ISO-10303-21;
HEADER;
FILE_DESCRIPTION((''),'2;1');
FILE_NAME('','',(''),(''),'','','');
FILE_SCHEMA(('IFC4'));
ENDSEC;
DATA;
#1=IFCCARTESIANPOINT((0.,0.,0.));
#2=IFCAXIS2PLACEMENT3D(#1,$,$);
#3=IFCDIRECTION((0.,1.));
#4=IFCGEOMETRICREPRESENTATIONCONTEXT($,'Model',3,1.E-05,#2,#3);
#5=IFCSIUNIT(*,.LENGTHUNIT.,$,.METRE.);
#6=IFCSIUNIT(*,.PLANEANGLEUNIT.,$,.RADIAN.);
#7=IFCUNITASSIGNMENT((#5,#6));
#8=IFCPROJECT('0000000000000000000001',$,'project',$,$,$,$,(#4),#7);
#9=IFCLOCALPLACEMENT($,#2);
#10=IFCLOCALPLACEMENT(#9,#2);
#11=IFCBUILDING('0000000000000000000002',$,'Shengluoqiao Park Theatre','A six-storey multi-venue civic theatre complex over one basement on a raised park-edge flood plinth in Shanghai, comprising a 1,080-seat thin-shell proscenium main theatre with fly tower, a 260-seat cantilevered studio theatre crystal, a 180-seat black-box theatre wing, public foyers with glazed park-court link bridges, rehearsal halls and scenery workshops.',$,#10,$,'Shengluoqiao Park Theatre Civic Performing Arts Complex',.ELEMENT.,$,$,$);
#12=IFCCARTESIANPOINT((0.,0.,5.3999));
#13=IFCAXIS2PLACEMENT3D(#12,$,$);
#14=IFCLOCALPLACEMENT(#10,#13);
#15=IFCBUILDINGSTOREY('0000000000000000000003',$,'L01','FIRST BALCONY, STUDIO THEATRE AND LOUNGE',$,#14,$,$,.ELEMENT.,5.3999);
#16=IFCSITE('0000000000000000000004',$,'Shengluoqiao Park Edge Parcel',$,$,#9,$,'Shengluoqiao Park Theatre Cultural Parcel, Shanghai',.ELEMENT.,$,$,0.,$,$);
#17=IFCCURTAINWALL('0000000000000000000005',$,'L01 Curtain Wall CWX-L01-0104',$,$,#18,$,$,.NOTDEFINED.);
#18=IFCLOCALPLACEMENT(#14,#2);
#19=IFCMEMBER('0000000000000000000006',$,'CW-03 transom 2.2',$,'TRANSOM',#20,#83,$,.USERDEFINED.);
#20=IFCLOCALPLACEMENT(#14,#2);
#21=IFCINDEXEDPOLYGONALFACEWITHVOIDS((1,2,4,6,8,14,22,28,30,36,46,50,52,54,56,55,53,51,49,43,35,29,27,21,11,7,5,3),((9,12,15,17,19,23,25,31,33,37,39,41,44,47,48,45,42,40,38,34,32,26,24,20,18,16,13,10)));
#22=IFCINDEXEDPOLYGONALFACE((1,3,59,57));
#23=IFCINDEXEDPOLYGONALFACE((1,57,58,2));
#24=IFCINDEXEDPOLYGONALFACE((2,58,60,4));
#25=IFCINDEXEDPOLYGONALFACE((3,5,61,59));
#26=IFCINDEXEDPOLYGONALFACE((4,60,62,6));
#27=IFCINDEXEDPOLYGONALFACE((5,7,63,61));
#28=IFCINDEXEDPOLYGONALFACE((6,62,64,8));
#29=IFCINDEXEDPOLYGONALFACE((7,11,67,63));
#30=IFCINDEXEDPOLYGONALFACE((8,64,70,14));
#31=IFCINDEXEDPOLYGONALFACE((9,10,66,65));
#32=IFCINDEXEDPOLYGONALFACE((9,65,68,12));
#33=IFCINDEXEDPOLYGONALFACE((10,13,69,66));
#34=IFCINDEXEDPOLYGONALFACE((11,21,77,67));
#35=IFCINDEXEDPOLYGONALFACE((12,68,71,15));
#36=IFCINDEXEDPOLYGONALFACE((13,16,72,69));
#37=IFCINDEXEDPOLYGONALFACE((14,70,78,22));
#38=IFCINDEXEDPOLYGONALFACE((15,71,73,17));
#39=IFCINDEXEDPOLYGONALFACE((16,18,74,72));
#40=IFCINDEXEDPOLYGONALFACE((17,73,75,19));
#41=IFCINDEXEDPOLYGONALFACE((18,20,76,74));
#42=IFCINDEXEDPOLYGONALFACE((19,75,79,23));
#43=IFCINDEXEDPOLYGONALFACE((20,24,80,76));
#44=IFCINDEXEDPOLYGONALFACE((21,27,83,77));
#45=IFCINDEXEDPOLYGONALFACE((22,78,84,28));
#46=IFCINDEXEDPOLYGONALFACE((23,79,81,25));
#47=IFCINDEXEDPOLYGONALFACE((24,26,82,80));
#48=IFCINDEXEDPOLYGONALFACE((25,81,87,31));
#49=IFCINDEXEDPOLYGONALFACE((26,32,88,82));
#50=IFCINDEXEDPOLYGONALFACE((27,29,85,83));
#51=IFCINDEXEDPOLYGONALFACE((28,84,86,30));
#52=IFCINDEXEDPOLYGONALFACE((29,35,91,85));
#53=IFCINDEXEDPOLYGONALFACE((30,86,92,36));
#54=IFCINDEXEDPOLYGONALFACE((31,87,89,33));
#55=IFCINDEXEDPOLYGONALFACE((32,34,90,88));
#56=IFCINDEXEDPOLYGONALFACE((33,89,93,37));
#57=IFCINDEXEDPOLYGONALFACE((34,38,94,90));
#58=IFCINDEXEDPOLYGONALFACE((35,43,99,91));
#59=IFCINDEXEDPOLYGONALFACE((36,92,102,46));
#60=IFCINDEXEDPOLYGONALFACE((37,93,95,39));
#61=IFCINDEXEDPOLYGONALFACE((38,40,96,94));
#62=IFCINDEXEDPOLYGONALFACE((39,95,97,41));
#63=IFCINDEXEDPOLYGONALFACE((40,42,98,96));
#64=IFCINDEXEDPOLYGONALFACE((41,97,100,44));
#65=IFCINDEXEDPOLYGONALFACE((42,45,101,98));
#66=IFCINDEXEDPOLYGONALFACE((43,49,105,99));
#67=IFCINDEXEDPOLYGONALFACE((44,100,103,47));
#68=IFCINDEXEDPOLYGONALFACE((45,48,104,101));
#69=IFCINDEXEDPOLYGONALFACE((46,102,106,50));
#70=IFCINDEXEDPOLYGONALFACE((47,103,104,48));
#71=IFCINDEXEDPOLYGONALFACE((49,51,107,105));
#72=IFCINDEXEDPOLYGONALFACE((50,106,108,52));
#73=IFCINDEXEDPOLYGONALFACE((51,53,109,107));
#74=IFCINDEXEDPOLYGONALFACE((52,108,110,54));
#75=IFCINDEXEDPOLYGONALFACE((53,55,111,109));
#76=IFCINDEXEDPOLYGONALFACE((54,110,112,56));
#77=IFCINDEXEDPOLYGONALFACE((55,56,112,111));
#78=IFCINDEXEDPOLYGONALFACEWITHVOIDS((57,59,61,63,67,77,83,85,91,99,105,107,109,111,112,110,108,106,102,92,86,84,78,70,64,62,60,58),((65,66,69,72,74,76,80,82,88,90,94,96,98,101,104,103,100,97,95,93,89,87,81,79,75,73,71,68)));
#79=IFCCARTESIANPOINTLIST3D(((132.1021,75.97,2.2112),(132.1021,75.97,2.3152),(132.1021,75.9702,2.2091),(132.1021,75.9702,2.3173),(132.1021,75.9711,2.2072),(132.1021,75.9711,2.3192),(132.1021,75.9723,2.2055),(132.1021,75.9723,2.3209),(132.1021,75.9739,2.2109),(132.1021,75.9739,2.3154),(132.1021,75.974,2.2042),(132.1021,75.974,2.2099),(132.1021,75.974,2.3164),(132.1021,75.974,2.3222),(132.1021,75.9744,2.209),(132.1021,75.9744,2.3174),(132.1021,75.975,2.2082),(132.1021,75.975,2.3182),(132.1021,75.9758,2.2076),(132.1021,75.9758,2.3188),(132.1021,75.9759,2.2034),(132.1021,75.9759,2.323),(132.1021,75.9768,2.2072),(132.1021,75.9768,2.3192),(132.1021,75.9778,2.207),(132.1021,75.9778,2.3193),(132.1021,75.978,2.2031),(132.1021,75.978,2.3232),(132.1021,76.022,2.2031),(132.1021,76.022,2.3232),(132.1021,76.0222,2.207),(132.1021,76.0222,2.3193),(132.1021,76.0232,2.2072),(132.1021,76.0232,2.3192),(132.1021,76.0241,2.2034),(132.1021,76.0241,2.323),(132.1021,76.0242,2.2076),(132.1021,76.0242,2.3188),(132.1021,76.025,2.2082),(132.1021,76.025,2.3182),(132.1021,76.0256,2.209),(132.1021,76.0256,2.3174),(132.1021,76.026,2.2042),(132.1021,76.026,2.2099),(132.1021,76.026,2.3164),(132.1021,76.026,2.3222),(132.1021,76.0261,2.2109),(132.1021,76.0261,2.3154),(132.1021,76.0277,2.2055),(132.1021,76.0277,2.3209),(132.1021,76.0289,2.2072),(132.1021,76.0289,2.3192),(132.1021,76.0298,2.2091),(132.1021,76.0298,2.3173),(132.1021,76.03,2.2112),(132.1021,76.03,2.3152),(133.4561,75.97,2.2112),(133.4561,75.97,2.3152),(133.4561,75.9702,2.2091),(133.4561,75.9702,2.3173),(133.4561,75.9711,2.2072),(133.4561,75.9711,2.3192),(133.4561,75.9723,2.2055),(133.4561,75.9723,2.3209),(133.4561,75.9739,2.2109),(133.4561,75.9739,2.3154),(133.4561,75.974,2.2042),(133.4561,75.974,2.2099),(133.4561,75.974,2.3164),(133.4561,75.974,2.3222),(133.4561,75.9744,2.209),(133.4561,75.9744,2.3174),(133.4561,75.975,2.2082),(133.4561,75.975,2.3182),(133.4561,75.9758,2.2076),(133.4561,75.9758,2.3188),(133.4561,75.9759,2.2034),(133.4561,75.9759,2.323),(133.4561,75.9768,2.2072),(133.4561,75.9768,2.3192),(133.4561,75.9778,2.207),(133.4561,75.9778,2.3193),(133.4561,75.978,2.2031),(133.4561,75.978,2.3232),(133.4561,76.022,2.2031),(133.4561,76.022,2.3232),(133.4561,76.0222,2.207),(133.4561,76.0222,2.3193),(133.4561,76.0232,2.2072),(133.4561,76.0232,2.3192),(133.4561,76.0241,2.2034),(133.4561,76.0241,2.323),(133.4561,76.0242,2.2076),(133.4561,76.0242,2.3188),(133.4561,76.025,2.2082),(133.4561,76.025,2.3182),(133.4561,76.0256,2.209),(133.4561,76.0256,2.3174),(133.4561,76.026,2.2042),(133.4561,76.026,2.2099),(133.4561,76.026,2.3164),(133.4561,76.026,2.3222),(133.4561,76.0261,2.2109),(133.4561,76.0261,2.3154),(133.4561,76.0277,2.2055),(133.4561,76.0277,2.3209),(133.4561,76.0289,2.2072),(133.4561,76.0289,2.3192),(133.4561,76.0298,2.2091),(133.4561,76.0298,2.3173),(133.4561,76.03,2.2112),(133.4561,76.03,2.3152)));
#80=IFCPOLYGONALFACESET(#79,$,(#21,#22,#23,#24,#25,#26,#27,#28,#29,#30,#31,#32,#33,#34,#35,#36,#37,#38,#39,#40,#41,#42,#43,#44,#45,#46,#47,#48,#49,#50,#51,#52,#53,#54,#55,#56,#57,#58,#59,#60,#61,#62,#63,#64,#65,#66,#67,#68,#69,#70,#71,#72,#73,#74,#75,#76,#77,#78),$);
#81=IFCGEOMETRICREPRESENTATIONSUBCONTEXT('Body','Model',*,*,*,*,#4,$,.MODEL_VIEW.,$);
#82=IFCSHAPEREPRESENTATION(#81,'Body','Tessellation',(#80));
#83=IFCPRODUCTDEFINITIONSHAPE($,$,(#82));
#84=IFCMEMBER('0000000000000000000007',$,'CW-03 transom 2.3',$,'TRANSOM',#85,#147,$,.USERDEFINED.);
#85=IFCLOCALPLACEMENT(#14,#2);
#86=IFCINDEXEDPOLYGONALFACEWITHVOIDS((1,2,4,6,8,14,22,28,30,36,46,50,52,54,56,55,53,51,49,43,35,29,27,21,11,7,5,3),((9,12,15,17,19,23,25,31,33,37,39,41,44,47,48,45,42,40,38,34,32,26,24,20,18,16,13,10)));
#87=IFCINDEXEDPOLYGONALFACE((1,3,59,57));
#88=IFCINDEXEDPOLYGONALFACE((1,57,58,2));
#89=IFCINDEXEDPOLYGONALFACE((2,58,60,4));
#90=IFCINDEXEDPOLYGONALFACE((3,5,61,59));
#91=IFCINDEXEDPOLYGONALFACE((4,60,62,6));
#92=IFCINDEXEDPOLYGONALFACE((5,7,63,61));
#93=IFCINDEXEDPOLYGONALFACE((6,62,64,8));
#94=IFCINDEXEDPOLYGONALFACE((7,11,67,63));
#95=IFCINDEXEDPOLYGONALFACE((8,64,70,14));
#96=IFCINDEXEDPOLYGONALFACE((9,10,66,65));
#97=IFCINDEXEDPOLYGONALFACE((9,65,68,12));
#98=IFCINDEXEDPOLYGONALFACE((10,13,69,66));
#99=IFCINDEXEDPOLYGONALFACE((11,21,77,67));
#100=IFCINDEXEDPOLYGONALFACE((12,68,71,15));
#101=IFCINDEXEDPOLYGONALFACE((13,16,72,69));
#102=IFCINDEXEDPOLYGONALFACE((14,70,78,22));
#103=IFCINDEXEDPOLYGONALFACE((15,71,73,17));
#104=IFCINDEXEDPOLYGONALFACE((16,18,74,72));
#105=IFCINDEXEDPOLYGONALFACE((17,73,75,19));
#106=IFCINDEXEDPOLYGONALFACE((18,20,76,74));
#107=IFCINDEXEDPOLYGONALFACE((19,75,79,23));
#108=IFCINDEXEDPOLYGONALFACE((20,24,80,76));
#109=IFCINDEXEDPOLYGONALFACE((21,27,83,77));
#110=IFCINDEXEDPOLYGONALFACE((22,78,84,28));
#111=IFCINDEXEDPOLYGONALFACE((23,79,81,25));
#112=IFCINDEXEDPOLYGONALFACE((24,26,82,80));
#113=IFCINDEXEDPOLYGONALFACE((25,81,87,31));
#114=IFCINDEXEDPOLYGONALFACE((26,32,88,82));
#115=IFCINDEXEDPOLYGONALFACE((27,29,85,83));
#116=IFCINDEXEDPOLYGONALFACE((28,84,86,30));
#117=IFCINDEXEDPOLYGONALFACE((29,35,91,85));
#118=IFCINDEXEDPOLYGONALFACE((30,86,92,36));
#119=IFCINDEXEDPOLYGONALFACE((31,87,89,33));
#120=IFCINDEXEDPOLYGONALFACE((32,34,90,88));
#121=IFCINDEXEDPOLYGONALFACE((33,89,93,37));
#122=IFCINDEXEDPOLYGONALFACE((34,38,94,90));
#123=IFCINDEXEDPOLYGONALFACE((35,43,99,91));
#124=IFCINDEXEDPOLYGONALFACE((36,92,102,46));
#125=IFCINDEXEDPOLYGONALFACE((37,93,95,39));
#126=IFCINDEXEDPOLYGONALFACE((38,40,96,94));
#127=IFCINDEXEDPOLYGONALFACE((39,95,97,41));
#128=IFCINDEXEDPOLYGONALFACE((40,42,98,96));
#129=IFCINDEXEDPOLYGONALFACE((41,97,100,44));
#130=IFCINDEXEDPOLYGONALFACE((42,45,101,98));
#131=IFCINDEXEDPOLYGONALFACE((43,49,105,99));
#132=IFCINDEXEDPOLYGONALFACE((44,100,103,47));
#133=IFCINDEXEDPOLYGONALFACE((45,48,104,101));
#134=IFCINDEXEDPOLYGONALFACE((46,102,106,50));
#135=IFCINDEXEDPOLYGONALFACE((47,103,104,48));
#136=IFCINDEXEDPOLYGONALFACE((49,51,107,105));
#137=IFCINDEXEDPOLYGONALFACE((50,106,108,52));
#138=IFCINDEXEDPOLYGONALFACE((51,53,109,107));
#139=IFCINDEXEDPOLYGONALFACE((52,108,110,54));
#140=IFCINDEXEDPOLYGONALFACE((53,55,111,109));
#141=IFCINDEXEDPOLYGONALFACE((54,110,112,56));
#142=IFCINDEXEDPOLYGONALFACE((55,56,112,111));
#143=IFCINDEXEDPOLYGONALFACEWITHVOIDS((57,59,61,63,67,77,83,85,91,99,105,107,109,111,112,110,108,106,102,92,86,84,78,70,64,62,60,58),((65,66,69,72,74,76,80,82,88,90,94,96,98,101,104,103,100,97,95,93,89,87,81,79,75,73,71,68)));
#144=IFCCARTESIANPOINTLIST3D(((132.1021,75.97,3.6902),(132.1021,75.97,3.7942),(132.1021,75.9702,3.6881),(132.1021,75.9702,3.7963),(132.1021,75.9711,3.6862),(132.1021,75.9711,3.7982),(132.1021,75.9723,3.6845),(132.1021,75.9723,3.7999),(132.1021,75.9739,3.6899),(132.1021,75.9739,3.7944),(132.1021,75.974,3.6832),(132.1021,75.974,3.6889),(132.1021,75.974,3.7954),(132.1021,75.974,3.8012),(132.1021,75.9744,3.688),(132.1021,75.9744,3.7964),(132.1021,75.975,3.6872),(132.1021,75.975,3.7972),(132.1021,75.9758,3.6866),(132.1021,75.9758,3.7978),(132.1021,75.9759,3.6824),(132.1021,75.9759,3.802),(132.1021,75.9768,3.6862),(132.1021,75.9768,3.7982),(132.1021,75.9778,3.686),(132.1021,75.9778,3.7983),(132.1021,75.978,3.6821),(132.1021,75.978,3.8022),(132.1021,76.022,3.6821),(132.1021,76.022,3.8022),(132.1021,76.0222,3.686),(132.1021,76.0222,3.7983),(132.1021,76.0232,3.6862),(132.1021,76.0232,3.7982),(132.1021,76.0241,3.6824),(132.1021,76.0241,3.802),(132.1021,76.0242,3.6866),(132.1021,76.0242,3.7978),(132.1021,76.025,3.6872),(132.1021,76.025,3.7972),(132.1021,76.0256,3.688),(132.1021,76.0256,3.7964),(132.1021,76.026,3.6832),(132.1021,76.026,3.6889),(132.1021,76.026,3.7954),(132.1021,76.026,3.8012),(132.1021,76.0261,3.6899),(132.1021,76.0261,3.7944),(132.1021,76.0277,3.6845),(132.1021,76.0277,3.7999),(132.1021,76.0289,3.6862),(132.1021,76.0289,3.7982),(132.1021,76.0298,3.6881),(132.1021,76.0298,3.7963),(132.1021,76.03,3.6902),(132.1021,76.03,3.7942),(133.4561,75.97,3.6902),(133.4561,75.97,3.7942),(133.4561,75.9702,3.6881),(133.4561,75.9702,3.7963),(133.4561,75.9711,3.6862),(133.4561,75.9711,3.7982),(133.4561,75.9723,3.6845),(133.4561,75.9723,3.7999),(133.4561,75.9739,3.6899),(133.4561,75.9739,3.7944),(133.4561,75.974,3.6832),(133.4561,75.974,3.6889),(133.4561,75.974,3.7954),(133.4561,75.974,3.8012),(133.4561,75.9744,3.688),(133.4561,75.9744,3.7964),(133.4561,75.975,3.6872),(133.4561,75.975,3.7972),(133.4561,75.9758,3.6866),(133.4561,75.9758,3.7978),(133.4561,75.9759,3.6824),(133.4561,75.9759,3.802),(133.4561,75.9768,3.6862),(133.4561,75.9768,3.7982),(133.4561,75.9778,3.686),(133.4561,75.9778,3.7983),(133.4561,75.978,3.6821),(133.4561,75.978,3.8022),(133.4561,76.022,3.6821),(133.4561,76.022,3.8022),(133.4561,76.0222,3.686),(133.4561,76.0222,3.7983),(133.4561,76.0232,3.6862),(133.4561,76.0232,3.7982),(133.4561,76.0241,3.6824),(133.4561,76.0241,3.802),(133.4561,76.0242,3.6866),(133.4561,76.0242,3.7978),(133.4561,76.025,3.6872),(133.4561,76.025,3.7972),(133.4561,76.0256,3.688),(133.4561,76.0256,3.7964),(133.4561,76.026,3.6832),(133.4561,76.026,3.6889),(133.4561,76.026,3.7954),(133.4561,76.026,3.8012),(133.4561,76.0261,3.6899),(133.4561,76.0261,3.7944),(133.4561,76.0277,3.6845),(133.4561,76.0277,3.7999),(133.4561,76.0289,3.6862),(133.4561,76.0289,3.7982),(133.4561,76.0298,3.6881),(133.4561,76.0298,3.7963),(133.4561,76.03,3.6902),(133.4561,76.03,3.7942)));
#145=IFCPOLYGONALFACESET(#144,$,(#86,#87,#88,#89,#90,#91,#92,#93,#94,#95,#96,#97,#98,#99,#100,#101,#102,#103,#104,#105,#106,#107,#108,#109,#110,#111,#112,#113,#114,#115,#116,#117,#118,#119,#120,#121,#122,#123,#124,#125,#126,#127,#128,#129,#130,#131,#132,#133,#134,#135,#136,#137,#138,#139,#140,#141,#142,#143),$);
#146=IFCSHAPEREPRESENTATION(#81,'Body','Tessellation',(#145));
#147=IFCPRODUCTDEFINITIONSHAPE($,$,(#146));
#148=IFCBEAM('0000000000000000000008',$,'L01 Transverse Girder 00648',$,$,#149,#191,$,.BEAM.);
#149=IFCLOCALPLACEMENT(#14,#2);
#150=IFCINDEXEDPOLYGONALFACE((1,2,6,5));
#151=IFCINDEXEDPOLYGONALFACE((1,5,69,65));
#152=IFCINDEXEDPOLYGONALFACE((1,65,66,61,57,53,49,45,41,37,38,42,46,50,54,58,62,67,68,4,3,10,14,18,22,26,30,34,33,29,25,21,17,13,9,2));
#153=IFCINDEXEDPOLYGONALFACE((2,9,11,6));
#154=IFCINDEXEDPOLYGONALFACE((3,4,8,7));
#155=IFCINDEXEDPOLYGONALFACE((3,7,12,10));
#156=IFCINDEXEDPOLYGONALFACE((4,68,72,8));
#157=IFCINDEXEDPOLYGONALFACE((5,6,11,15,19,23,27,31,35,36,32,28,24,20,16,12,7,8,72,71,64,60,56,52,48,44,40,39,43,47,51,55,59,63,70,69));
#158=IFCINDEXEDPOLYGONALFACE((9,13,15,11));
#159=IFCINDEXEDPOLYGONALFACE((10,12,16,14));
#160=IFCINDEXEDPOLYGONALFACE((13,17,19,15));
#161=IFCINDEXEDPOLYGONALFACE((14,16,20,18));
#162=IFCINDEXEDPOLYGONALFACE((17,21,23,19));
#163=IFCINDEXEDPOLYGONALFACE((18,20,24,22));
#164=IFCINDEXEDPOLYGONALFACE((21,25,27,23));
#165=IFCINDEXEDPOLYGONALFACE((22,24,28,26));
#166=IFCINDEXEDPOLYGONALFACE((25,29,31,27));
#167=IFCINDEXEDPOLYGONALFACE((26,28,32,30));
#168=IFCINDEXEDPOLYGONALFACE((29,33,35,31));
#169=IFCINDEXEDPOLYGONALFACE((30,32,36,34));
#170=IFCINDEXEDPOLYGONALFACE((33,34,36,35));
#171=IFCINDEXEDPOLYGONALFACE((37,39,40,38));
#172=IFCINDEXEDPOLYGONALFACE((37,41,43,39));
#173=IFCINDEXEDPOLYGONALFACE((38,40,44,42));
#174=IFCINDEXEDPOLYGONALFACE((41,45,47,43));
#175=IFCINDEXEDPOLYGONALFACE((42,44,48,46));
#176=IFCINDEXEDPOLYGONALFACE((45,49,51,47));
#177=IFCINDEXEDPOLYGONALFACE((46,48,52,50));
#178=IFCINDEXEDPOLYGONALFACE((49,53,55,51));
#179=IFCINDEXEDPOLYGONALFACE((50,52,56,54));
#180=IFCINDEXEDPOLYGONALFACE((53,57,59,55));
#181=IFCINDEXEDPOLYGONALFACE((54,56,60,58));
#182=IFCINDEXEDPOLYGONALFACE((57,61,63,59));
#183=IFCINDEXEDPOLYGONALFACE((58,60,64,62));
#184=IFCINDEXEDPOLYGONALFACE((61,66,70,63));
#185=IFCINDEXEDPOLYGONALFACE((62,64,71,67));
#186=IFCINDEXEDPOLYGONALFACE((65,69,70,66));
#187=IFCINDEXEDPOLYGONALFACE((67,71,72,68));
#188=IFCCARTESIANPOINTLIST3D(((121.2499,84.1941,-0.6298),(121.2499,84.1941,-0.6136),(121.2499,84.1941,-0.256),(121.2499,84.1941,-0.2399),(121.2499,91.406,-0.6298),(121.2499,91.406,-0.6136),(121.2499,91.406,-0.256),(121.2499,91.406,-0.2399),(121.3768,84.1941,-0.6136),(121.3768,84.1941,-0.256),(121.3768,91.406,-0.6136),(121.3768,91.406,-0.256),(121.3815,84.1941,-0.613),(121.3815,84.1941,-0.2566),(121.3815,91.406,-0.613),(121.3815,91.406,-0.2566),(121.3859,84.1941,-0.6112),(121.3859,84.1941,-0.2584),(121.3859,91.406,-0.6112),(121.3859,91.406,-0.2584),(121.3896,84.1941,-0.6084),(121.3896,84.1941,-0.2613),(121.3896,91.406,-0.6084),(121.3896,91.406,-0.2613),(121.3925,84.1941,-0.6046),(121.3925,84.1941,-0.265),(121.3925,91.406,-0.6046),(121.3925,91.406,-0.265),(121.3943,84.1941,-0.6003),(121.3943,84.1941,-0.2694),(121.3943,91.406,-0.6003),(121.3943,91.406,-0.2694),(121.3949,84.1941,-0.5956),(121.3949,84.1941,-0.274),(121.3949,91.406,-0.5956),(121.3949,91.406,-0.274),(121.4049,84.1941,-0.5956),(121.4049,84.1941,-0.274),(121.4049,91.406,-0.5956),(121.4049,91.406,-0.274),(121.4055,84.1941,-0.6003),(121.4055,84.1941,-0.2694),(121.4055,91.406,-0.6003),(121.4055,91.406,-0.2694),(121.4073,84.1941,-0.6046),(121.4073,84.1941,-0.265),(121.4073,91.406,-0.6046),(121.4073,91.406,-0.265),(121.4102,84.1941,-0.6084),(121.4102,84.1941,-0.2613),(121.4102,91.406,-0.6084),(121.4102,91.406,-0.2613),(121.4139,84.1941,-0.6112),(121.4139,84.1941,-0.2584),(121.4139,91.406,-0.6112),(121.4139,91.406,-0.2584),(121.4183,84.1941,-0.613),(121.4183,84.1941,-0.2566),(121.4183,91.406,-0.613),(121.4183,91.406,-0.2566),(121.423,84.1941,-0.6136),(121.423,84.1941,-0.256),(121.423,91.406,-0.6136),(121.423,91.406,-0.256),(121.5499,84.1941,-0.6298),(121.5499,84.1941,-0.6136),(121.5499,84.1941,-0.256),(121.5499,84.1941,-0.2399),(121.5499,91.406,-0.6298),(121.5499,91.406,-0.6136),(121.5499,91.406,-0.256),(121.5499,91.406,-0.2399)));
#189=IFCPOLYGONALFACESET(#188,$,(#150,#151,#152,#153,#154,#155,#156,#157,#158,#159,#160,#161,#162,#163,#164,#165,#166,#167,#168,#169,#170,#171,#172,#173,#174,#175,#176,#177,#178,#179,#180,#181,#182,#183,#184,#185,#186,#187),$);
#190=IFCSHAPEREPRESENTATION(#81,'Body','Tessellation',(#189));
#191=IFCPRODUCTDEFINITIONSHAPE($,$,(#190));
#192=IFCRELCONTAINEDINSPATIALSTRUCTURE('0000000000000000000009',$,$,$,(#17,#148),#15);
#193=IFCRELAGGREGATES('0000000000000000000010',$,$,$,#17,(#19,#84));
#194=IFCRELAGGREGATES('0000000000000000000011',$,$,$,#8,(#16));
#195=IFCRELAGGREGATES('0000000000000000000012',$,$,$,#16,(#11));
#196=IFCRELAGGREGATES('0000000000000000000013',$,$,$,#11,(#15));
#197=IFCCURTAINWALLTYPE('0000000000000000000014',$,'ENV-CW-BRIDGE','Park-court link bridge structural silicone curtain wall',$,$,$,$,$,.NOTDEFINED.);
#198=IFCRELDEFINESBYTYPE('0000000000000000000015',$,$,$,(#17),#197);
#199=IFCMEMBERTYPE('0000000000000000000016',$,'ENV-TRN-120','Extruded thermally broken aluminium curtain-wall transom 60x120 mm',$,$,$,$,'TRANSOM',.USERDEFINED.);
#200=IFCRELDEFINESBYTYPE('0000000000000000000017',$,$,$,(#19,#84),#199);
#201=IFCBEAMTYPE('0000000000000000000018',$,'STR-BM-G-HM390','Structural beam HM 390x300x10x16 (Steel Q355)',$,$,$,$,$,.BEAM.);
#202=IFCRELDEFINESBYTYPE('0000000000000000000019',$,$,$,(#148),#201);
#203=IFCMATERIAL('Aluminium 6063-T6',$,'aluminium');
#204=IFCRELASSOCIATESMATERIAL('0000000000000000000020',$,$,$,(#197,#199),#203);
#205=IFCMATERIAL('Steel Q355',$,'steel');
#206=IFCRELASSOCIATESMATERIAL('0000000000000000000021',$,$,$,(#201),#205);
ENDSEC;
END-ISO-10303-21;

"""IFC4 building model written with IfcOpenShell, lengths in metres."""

from ifc_helpers import new_model, si_unit, direction, frame, origin, origin_2d, place, context, subcontext, project, spatial, hollow_rectangle, i_section, extrude, material, material_profile, profile_set, type_object, element, aggregate, save


model = new_model("IFC4")

# Units and contexts
model_context = context("Model", 3, precision=1e-05, world=origin(), true_north=direction((0.0, 1.0)))
body_context = subcontext(model_context, "Body", "Model", "MODEL_VIEW")
ifc_project = project(units=[si_unit("LENGTHUNIT", "METRE"), si_unit("PLANEANGLEUNIT", "RADIAN")], contexts=[model_context])

# Site, building, storey
site_placement = place(None, origin())
site = spatial("IfcSite", under=ifc_project, at=site_placement, Name="Shengluoqiao Park Edge Parcel", LongName="Shengluoqiao Park Theatre Cultural Parcel, Shanghai", CompositionType="ELEMENT", RefElevation=0.0)
building_placement = place(site_placement, origin())
building = spatial("IfcBuilding", under=site, at=building_placement, Name="Shengluoqiao Park Theatre", Description="A six-storey multi-venue civic theatre complex over one basement on a raised park-edge flood plinth in Shanghai, comprising a 1,080-seat thin-shell proscenium main theatre with fly tower, a 260-seat cantilevered studio theatre crystal, a 180-seat black-box theatre wing, public foyers with glazed park-court link bridges, rehearsal halls and scenery workshops.", LongName="Shengluoqiao Park Theatre Civic Performing Arts Complex", CompositionType="ELEMENT")
storey_placement = place(building_placement, frame((0.0, 0.0, 5.3999)))
storey = spatial("IfcBuildingStorey", under=building, at=storey_placement, Name="L01", Description="FIRST BALCONY, STUDIO THEATRE AND LOUNGE", CompositionType="ELEMENT", Elevation=5.3999)

# Curtain wall, members
ifc_material_1 = material(Name="Aluminium 6063-T6", Category="aluminium")
curtain_wall_type = type_object("IfcCurtainWallType", Name="ENV-CW-BRIDGE", Description="Park-court link bridge structural silicone curtain wall", PredefinedType="NOTDEFINED", material=ifc_material_1)
curtain_wall_placement = place(storey_placement, origin())
curtain_wall = element("IfcCurtainWall", 1, at=curtain_wall_placement, inside=storey, type_object=curtain_wall_type, Name="L01 Curtain Wall CWX-L01-0104", PredefinedType="NOTDEFINED")
ifc_material_profile_1 = material_profile(ifc_material_1, hollow_rectangle(XDim=0.0601, YDim=0.1201, WallThickness=0.0039, InnerFilletRadius=0.0039, OuterFilletRadius=0.0081, at=origin_2d()), Name="ALU TRANSOM 120x60x4")
ifc_profile_set_1 = profile_set([ifc_material_profile_1], Name="Aluminium 6063-T6")
member_type_1 = type_object("IfcMemberType", Name="ENV-TRN-120", Description="Extruded thermally broken aluminium curtain-wall transom 60x120 mm", ElementType="TRANSOM", PredefinedType="USERDEFINED", material=ifc_profile_set_1)
member_1_placement = place(storey_placement, frame((132.1021, 76.0, 2.2632), z_axis=(1.0, 0.0, 0.0), x_axis=(0.0, 1.0, 0.0)))
member_1 = element("IfcMember", 2, at=member_1_placement, type_object=member_type_1, Name="CW-03 transom 2.2", ObjectType="TRANSOM", PredefinedType="USERDEFINED", context=body_context, shape_type="SweptSolid", body=[
    extrude(hollow_rectangle(XDim=0.0601, YDim=0.1201, WallThickness=0.0039, InnerFilletRadius=0.0039, OuterFilletRadius=0.0081, at=origin_2d()), origin(), (0.0, 0.0, 1.0), 1.354),
])
member_2_placement = place(storey_placement, frame((132.1021, 76.0, 3.7422), z_axis=(1.0, 0.0, 0.0), x_axis=(0.0, 1.0, 0.0)))
member_2 = element("IfcMember", 3, at=member_2_placement, type_object=member_type_1, Name="CW-03 transom 2.3", ObjectType="TRANSOM", PredefinedType="USERDEFINED", context=body_context, shape_type="SweptSolid", body=[
    extrude(hollow_rectangle(XDim=0.0601, YDim=0.1201, WallThickness=0.0039, InnerFilletRadius=0.0039, OuterFilletRadius=0.0081, at=origin_2d()), origin(), (0.0, 0.0, 1.0), 1.354),
])

# Beam
ifc_material_2 = material(Name="Steel Q355", Category="steel")
ifc_material_profile_2 = material_profile(ifc_material_2, i_section(OverallWidth=0.3, OverallDepth=0.3899, WebThickness=0.01, FlangeThickness=0.0161, FilletRadius=0.0181, at=origin_2d()), Name="HM 390x300x10x16")
ifc_profile_set_2 = profile_set([ifc_material_profile_2], Name="Steel Q355")
beam_type_1 = type_object("IfcBeamType", Name="STR-BM-G-HM390", Description="Structural beam HM 390x300x10x16 (Steel Q355)", PredefinedType="BEAM", material=ifc_profile_set_2)
for number, where, z_axis, x_axis, name in (
    (4, (121.3999, 84.1941, -0.4348), (0.0, 1.0, 0.0), (-1.0, 0.0, 0.0), "L01 Transverse Girder 00648"),
):
    element("IfcBeam", number, at=place(storey_placement, frame(where, z_axis=z_axis, x_axis=x_axis)), inside=storey, type_object=beam_type_1, Name=name, PredefinedType="BEAM", context=body_context, shape_type="SweptSolid", body=[
        extrude(i_section(OverallWidth=0.3, OverallDepth=0.3899, WebThickness=0.01, FlangeThickness=0.0161, FilletRadius=0.0181, at=origin_2d()), origin(), (0.0, 0.0, 1.0), 7.2119),
    ])

aggregate(curtain_wall, [member_1, member_2])

save(model, "model.ifc")
